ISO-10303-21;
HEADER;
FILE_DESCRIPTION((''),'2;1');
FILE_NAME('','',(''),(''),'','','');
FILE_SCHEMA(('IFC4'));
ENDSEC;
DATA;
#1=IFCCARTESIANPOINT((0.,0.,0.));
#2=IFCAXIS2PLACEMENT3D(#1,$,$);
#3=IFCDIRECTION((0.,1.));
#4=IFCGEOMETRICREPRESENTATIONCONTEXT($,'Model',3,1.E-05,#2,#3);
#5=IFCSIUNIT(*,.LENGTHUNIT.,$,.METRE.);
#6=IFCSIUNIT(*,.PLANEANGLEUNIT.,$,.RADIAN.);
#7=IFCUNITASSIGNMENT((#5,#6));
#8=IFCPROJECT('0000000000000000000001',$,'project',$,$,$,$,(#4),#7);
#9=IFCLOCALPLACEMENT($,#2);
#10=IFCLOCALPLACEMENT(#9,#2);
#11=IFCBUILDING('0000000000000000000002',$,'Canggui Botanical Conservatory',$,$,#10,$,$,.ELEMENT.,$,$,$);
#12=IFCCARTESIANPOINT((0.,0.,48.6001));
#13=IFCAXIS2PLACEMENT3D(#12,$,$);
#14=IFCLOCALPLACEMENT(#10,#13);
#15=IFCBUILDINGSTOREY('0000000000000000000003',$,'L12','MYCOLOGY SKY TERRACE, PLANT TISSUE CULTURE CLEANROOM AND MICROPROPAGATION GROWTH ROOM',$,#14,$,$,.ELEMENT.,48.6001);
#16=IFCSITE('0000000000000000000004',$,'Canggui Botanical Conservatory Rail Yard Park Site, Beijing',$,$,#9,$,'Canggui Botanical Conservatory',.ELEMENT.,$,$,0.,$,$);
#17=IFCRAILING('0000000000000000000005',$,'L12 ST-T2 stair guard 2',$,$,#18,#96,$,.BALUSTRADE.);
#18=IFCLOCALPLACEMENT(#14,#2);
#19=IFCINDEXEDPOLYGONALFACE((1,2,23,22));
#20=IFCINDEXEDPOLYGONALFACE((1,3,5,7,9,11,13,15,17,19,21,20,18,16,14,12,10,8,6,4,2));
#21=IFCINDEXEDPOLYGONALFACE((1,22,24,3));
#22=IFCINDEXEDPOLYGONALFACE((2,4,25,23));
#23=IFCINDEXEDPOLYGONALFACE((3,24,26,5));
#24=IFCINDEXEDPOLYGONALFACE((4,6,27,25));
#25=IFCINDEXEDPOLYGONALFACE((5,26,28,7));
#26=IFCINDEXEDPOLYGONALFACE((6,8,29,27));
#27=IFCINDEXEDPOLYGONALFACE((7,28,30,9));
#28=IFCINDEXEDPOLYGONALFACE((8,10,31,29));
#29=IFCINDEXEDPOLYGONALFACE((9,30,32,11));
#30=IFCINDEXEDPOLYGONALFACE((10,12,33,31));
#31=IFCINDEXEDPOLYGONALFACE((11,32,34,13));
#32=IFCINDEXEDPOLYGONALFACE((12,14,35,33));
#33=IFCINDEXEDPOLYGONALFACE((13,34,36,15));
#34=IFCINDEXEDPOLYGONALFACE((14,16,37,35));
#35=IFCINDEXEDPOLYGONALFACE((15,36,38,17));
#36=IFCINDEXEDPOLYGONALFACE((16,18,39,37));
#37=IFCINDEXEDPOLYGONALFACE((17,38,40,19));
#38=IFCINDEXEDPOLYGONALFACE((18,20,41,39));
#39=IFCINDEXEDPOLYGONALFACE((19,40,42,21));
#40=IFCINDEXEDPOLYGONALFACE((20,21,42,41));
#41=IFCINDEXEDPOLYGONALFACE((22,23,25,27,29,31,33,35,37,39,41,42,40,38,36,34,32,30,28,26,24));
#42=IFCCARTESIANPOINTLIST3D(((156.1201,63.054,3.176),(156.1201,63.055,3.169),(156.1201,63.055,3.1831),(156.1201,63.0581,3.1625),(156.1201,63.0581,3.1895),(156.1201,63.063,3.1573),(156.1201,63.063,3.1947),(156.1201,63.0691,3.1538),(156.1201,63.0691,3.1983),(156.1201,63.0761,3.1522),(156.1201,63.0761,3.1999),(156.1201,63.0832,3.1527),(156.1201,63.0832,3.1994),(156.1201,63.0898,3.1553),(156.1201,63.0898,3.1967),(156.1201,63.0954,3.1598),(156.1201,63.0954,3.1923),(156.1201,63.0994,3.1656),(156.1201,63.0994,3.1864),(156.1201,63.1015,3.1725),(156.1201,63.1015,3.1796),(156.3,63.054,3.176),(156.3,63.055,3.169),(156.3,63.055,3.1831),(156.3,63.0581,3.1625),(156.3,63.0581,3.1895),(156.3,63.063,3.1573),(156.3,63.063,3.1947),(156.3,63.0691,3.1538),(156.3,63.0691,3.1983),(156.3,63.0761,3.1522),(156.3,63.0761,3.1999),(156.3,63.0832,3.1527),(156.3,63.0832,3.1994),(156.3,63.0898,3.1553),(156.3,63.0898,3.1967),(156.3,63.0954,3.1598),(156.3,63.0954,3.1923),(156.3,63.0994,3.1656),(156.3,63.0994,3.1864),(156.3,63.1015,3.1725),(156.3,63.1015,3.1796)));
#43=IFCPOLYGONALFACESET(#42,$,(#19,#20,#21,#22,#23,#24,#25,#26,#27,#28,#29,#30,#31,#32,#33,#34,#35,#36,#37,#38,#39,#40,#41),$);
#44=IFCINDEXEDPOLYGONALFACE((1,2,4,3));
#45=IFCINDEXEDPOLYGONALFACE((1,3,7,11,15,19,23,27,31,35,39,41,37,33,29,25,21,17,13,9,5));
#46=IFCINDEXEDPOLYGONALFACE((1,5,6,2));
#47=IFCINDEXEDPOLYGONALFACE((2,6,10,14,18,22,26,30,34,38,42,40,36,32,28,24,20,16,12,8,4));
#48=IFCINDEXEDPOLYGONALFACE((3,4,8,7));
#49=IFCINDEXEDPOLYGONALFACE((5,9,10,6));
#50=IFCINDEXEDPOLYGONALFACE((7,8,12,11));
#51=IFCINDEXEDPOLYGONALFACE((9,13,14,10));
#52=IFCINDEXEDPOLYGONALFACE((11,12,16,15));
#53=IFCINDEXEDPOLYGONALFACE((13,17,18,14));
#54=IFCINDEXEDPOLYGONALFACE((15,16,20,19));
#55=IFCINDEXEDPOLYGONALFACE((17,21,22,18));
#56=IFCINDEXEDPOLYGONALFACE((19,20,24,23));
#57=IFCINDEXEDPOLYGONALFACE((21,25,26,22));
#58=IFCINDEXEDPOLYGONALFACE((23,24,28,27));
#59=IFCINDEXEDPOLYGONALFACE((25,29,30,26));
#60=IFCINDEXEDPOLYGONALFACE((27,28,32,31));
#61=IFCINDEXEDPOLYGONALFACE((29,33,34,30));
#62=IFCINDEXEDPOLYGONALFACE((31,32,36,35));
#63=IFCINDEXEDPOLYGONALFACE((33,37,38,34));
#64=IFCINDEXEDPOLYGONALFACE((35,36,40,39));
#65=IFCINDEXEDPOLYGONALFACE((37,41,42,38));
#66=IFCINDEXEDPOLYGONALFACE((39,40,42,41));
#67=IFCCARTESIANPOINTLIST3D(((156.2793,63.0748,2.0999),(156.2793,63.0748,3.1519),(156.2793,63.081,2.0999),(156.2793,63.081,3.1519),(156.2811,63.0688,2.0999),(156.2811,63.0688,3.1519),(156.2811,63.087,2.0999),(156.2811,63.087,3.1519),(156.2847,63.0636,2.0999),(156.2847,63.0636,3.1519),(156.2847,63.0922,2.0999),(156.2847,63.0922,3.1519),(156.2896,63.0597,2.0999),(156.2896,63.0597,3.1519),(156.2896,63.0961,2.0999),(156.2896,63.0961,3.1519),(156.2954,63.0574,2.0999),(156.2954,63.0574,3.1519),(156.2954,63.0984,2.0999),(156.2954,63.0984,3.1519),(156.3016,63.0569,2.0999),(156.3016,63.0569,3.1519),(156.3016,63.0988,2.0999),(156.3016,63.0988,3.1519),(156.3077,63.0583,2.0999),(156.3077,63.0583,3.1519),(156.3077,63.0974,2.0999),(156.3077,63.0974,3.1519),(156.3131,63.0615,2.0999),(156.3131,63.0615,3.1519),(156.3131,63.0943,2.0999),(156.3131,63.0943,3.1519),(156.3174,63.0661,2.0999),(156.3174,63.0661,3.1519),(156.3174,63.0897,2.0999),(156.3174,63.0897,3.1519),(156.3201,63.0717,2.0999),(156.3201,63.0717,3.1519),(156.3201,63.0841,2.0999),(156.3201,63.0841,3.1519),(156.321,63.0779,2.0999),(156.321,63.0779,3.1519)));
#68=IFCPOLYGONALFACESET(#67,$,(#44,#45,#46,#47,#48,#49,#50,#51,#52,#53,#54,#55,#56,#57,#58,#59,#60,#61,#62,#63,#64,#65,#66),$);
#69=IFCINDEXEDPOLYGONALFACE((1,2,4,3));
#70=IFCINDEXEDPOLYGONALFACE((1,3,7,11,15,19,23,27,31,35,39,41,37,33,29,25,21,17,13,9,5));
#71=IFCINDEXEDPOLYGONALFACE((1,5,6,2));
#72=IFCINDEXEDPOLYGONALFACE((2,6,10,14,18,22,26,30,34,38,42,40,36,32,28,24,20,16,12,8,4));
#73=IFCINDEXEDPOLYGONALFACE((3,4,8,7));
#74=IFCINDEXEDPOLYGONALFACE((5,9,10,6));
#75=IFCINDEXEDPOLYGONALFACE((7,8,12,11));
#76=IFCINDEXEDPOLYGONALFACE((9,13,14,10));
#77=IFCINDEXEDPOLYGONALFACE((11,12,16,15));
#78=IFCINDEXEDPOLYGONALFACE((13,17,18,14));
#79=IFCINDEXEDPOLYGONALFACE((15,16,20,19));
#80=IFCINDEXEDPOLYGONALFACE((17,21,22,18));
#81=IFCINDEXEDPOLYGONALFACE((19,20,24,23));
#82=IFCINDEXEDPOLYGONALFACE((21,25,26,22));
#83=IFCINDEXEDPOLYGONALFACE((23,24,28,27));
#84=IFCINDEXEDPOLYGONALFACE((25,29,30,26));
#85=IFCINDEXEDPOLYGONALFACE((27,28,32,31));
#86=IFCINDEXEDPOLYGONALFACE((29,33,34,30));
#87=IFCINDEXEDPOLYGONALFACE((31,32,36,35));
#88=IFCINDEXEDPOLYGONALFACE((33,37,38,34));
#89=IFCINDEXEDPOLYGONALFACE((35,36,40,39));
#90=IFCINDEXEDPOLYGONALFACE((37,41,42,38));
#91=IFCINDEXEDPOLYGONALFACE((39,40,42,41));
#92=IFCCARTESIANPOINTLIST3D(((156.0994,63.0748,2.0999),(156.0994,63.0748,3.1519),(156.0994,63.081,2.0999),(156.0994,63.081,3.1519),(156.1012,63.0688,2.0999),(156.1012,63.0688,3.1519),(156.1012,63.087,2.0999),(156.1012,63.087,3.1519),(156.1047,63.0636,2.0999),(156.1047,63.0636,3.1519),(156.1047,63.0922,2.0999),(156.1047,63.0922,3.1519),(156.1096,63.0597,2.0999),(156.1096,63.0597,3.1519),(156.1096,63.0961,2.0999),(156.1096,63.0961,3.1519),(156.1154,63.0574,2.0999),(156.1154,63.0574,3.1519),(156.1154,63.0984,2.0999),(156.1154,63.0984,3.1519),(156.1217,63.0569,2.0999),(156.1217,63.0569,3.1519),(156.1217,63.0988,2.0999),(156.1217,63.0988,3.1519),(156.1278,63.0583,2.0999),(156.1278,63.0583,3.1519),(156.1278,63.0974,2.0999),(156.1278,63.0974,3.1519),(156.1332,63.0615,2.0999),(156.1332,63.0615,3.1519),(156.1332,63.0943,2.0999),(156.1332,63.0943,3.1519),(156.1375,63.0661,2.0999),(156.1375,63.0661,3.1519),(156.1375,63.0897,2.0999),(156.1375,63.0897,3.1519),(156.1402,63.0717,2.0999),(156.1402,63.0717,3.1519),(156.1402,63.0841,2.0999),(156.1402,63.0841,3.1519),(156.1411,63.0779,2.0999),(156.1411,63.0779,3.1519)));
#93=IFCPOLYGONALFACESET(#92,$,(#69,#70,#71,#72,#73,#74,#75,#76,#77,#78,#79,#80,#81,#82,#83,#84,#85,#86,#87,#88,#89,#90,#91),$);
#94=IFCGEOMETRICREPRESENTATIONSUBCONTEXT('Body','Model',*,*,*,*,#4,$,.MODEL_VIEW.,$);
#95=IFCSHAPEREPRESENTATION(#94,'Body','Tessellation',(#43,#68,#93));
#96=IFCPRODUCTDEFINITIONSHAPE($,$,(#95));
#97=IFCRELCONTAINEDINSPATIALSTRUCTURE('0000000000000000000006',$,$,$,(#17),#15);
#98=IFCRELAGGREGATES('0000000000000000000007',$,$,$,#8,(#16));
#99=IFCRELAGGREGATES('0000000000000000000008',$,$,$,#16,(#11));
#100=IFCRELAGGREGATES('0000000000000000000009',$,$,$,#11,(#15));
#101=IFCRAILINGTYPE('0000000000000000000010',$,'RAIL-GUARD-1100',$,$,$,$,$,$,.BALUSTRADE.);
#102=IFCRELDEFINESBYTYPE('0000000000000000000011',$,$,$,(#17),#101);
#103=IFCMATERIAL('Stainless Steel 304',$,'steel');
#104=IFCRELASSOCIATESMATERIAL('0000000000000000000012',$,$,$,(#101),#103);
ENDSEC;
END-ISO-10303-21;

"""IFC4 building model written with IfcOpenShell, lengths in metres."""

from ifc_helpers import new_model, si_unit, direction, frame, origin, origin_2d, place, context, subcontext, project, spatial, circle, extrude, material, type_object, element, save


model = new_model("IFC4")

# Units and contexts
model_context = context("Model", 3, precision=1e-05, world=origin(), true_north=direction((0.0, 1.0)))
body_context = subcontext(model_context, "Body", "Model", "MODEL_VIEW")
ifc_project = project(units=[si_unit("LENGTHUNIT", "METRE"), si_unit("PLANEANGLEUNIT", "RADIAN")], contexts=[model_context])

# Site, building, storey
site_placement = place(None, origin())
site = spatial("IfcSite", under=ifc_project, at=site_placement, Name="Canggui Botanical Conservatory Rail Yard Park Site, Beijing", LongName="Canggui Botanical Conservatory", CompositionType="ELEMENT", RefElevation=0.0)
building_placement = place(site_placement, origin())
building = spatial("IfcBuilding", under=site, at=building_placement, Name="Canggui Botanical Conservatory", CompositionType="ELEMENT")
storey_placement = place(building_placement, frame((0.0, 0.0, 48.6001)))
storey = spatial("IfcBuildingStorey", under=building, at=storey_placement, Name="L12", Description="MYCOLOGY SKY TERRACE, PLANT TISSUE CULTURE CLEANROOM AND MICROPROPAGATION GROWTH ROOM", CompositionType="ELEMENT", Elevation=48.6001)

# Railing
ifc_material_1 = material(Name="Stainless Steel 304", Category="steel")
railing_type_1 = type_object("IfcRailingType", Name="RAIL-GUARD-1100", PredefinedType="BALUSTRADE", material=ifc_material_1)
railing_1_placement = place(storey_placement, frame((156.3, 63.0779, 2.0999)))
element("IfcRailing", 1, at=railing_1_placement, inside=storey, type_object=railing_type_1, Name="L12 ST-T2 stair guard 2", PredefinedType="BALUSTRADE", context=body_context, shape_type="SweptSolid", body=[
    extrude(circle(Radius=0.0239, at=origin_2d()), frame((0.0, 0.0, 1.0762), z_axis=(-1.0, 0.0, 0.0), x_axis=(0.0, -1.0, 0.0)), (0.0, 0.0, 1.0), 0.1799),
    extrude(circle(Radius=0.021, at=origin_2d()), origin(), (0.0, 0.0, 1.0), 1.052),
    extrude(circle(Radius=0.021, at=origin_2d()), frame((-0.1799, 0.0, 0.0)), (0.0, 0.0, 1.0), 1.052),
])

save(model, "model.ifc")
